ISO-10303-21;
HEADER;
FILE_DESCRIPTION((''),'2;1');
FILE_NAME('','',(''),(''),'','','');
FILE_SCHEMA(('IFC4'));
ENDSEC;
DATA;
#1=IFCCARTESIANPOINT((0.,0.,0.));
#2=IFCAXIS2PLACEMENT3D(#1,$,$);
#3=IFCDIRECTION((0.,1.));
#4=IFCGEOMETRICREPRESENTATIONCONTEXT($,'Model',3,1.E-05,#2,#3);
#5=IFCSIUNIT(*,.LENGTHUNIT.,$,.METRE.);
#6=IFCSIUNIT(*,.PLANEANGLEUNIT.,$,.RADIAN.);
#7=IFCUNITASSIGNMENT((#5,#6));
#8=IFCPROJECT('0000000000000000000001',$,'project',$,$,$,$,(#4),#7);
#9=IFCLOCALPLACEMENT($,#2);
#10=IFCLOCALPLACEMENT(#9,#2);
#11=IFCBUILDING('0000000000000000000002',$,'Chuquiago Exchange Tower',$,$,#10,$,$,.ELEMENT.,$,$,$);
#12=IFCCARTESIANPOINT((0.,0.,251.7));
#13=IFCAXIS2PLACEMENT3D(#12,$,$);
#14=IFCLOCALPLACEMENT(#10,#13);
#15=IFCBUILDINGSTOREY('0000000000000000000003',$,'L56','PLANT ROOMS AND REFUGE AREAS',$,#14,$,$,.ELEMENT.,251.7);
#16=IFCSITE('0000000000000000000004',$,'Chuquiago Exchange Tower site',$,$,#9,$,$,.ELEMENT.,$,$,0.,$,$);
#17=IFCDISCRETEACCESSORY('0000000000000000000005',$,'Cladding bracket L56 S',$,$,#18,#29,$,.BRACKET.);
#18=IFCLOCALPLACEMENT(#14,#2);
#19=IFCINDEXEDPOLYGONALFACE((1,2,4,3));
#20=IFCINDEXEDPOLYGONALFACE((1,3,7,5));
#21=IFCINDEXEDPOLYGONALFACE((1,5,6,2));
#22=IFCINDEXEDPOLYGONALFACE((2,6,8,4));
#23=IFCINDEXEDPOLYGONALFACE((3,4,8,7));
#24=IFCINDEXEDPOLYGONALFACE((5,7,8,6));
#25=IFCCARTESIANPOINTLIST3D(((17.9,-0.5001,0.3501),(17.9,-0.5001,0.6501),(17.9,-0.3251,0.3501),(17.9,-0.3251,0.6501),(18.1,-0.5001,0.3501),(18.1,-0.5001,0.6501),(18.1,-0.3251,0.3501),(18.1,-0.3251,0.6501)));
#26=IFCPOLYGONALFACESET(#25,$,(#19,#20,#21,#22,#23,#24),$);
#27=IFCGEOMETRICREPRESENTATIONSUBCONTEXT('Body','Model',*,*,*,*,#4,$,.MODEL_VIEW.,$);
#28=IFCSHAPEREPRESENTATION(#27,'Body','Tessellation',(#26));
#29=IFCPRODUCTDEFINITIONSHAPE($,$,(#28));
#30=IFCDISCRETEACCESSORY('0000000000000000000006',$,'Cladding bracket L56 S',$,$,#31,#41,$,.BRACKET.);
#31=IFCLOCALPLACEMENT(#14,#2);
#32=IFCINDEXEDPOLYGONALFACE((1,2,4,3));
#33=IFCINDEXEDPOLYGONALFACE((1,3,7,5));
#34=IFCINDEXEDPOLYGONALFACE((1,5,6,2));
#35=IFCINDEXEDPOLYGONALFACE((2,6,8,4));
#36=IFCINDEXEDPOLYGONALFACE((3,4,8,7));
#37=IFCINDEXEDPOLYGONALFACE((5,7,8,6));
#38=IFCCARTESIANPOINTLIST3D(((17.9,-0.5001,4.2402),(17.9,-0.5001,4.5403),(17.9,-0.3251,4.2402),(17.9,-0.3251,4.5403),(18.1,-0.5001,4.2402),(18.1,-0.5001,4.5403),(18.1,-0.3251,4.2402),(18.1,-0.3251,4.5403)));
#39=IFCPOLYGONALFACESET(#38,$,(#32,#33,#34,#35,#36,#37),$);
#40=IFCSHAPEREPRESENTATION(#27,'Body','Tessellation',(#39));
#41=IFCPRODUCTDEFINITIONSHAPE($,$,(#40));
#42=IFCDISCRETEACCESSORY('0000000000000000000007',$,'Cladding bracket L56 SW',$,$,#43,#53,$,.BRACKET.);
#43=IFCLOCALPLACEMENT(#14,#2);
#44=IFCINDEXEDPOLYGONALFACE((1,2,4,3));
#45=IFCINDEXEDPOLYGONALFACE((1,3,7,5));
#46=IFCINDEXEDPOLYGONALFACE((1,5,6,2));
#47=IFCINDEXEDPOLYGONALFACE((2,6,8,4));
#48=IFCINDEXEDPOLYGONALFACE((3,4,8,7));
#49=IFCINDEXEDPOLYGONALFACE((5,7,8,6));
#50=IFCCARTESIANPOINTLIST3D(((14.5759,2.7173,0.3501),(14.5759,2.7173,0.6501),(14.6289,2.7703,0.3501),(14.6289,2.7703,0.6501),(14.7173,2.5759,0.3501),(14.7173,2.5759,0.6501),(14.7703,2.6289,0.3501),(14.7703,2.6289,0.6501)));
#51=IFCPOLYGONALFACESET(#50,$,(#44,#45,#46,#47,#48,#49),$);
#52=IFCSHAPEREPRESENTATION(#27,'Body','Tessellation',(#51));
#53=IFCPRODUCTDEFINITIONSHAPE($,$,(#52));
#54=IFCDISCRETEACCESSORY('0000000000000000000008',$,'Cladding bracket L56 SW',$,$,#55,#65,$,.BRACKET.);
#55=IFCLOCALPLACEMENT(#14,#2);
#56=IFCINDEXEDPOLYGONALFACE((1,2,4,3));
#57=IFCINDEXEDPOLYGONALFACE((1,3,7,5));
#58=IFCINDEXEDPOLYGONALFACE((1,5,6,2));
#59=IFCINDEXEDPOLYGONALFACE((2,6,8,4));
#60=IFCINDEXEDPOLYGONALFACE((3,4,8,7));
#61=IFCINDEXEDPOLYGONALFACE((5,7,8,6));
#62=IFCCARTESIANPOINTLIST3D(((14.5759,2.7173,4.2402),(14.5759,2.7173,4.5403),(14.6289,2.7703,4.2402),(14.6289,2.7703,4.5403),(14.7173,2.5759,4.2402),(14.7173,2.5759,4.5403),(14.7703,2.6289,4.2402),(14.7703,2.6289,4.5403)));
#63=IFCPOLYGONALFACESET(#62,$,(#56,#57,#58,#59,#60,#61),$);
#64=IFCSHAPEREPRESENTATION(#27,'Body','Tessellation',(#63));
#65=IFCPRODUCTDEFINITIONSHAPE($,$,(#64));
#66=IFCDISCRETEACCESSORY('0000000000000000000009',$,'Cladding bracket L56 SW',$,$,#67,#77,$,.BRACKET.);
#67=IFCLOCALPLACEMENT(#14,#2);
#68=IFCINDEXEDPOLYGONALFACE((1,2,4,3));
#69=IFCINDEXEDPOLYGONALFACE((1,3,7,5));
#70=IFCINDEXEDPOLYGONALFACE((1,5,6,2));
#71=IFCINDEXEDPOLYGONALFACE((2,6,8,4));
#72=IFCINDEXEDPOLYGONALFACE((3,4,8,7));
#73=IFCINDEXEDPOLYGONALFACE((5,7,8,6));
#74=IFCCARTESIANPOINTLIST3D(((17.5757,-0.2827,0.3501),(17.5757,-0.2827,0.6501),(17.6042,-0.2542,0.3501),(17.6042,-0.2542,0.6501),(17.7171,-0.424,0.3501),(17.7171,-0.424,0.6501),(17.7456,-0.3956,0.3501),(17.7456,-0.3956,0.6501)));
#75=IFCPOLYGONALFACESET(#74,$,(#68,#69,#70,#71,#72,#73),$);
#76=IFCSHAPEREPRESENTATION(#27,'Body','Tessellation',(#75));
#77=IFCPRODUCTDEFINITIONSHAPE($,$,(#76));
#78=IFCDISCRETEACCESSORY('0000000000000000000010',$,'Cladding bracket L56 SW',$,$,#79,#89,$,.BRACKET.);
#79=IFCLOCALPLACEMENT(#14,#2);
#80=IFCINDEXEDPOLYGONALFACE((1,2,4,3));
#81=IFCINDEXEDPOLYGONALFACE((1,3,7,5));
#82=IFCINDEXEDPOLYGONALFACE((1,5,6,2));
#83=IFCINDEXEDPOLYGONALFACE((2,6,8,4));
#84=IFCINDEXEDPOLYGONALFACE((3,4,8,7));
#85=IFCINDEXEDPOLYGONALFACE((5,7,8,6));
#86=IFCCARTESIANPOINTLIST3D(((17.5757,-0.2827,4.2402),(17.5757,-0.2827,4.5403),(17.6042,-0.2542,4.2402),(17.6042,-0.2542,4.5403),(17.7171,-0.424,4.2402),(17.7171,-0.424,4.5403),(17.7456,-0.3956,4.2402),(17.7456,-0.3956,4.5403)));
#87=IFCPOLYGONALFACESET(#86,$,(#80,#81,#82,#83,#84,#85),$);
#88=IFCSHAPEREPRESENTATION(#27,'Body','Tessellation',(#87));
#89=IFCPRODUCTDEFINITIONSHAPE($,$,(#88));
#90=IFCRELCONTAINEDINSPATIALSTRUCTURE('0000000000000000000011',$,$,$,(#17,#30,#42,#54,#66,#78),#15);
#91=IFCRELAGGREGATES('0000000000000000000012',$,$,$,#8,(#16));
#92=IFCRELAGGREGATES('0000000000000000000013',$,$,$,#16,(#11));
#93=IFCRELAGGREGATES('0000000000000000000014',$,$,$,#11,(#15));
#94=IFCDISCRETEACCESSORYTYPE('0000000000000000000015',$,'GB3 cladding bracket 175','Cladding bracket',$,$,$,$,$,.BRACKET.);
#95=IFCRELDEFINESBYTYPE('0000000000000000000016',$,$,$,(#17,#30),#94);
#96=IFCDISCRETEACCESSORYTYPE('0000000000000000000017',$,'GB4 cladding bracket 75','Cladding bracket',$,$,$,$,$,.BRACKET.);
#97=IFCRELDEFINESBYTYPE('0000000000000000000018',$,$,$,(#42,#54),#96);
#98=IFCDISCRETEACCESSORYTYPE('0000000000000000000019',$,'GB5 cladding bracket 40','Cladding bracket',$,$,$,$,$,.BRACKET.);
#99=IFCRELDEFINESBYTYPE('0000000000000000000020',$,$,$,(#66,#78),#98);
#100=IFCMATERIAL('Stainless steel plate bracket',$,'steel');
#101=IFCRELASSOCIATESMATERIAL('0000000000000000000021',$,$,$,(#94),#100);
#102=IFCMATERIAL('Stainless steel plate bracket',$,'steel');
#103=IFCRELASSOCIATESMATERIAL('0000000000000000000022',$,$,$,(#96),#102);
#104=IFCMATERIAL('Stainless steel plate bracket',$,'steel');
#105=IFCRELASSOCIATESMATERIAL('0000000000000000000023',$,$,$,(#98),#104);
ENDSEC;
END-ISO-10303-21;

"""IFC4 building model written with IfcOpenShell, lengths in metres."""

from ifc_helpers import new_model, si_unit, direction, frame, origin, origin_2d, place, context, subcontext, project, spatial, rectangle, extrude, material, type_object, element, save


model = new_model("IFC4")

# Units and contexts
model_context = context("Model", 3, precision=1e-05, world=origin(), true_north=direction((0.0, 1.0)))
body_context = subcontext(model_context, "Body", "Model", "MODEL_VIEW")
ifc_project = project(units=[si_unit("LENGTHUNIT", "METRE"), si_unit("PLANEANGLEUNIT", "RADIAN")], contexts=[model_context])

# Site, building, storey
site_placement = place(None, origin())
site = spatial("IfcSite", under=ifc_project, at=site_placement, Name="Chuquiago Exchange Tower site", CompositionType="ELEMENT", RefElevation=0.0)
building_placement = place(site_placement, origin())
building = spatial("IfcBuilding", under=site, at=building_placement, Name="Chuquiago Exchange Tower", CompositionType="ELEMENT")
storey_placement = place(building_placement, frame((0.0, 0.0, 251.7)))
storey = spatial("IfcBuildingStorey", under=building, at=storey_placement, Name="L56", Description="PLANT ROOMS AND REFUGE AREAS", CompositionType="ELEMENT", Elevation=251.7)

# Discrete accessories
ifc_material_1 = material(Name="Stainless steel plate bracket", Category="steel")
discrete_accessory_type_1 = type_object("IfcDiscreteAccessoryType", Name="GB3 cladding bracket 175", Description="Cladding bracket", PredefinedType="BRACKET", material=ifc_material_1)
for number, where, z_axis, x_axis, name in (
    (1, (18.0, -0.4126, 0.3501), (0.0, 0.0, 1.0), (1.0, 0.0, 0.0), "Cladding bracket L56 S"),
    (2, (18.0, -0.4126, 4.2402), (0.0, 0.0, 1.0), (1.0, 0.0, 0.0), "Cladding bracket L56 S"),
):
    element("IfcDiscreteAccessory", number, at=place(storey_placement, frame(where, z_axis=z_axis, x_axis=x_axis)), inside=storey, type_object=discrete_accessory_type_1, Name=name, PredefinedType="BRACKET", context=body_context, shape_type="SweptSolid", body=[
        extrude(rectangle(XDim=0.2, YDim=0.175, at=origin_2d()), origin(), (0.0, 0.0, 1.0), 0.3),
    ])
ifc_material_2 = material(Name="Stainless steel plate bracket", Category="steel")
discrete_accessory_type_2 = type_object("IfcDiscreteAccessoryType", Name="GB4 cladding bracket 75", Description="Cladding bracket", PredefinedType="BRACKET", material=ifc_material_2)
for number, where, z_axis, x_axis, name in (
    (3, (14.6731, 2.6731, 0.3501), (0.0, 0.0, 1.0), (0.707107, -0.707107, 0.0), "Cladding bracket L56 SW"),
    (4, (14.6731, 2.6731, 4.2402), (0.0, 0.0, 1.0), (0.707107, -0.707107, 0.0), "Cladding bracket L56 SW"),
):
    element("IfcDiscreteAccessory", number, at=place(storey_placement, frame(where, z_axis=z_axis, x_axis=x_axis)), inside=storey, type_object=discrete_accessory_type_2, Name=name, PredefinedType="BRACKET", context=body_context, shape_type="SweptSolid", body=[
        extrude(rectangle(XDim=0.2, YDim=0.075, at=origin_2d()), origin(), (0.0, 0.0, 1.0), 0.3),
    ])
ifc_material_3 = material(Name="Stainless steel plate bracket", Category="steel")
discrete_accessory_type_3 = type_object("IfcDiscreteAccessoryType", Name="GB5 cladding bracket 40", Description="Cladding bracket", PredefinedType="BRACKET", material=ifc_material_3)
for number, where, z_axis, x_axis, name in (
    (5, (17.6606, -0.3391, 0.3501), (0.0, 0.0, 1.0), (0.707107, -0.707107, 0.0), "Cladding bracket L56 SW"),
    (6, (17.6606, -0.3391, 4.2402), (0.0, 0.0, 1.0), (0.707107, -0.707107, 0.0), "Cladding bracket L56 SW"),
):
    element("IfcDiscreteAccessory", number, at=place(storey_placement, frame(where, z_axis=z_axis, x_axis=x_axis)), inside=storey, type_object=discrete_accessory_type_3, Name=name, PredefinedType="BRACKET", context=body_context, shape_type="SweptSolid", body=[
        extrude(rectangle(XDim=0.2, YDim=0.0403, at=origin_2d()), origin(), (0.0, 0.0, 1.0), 0.3),
    ])

save(model, "model.ifc")
